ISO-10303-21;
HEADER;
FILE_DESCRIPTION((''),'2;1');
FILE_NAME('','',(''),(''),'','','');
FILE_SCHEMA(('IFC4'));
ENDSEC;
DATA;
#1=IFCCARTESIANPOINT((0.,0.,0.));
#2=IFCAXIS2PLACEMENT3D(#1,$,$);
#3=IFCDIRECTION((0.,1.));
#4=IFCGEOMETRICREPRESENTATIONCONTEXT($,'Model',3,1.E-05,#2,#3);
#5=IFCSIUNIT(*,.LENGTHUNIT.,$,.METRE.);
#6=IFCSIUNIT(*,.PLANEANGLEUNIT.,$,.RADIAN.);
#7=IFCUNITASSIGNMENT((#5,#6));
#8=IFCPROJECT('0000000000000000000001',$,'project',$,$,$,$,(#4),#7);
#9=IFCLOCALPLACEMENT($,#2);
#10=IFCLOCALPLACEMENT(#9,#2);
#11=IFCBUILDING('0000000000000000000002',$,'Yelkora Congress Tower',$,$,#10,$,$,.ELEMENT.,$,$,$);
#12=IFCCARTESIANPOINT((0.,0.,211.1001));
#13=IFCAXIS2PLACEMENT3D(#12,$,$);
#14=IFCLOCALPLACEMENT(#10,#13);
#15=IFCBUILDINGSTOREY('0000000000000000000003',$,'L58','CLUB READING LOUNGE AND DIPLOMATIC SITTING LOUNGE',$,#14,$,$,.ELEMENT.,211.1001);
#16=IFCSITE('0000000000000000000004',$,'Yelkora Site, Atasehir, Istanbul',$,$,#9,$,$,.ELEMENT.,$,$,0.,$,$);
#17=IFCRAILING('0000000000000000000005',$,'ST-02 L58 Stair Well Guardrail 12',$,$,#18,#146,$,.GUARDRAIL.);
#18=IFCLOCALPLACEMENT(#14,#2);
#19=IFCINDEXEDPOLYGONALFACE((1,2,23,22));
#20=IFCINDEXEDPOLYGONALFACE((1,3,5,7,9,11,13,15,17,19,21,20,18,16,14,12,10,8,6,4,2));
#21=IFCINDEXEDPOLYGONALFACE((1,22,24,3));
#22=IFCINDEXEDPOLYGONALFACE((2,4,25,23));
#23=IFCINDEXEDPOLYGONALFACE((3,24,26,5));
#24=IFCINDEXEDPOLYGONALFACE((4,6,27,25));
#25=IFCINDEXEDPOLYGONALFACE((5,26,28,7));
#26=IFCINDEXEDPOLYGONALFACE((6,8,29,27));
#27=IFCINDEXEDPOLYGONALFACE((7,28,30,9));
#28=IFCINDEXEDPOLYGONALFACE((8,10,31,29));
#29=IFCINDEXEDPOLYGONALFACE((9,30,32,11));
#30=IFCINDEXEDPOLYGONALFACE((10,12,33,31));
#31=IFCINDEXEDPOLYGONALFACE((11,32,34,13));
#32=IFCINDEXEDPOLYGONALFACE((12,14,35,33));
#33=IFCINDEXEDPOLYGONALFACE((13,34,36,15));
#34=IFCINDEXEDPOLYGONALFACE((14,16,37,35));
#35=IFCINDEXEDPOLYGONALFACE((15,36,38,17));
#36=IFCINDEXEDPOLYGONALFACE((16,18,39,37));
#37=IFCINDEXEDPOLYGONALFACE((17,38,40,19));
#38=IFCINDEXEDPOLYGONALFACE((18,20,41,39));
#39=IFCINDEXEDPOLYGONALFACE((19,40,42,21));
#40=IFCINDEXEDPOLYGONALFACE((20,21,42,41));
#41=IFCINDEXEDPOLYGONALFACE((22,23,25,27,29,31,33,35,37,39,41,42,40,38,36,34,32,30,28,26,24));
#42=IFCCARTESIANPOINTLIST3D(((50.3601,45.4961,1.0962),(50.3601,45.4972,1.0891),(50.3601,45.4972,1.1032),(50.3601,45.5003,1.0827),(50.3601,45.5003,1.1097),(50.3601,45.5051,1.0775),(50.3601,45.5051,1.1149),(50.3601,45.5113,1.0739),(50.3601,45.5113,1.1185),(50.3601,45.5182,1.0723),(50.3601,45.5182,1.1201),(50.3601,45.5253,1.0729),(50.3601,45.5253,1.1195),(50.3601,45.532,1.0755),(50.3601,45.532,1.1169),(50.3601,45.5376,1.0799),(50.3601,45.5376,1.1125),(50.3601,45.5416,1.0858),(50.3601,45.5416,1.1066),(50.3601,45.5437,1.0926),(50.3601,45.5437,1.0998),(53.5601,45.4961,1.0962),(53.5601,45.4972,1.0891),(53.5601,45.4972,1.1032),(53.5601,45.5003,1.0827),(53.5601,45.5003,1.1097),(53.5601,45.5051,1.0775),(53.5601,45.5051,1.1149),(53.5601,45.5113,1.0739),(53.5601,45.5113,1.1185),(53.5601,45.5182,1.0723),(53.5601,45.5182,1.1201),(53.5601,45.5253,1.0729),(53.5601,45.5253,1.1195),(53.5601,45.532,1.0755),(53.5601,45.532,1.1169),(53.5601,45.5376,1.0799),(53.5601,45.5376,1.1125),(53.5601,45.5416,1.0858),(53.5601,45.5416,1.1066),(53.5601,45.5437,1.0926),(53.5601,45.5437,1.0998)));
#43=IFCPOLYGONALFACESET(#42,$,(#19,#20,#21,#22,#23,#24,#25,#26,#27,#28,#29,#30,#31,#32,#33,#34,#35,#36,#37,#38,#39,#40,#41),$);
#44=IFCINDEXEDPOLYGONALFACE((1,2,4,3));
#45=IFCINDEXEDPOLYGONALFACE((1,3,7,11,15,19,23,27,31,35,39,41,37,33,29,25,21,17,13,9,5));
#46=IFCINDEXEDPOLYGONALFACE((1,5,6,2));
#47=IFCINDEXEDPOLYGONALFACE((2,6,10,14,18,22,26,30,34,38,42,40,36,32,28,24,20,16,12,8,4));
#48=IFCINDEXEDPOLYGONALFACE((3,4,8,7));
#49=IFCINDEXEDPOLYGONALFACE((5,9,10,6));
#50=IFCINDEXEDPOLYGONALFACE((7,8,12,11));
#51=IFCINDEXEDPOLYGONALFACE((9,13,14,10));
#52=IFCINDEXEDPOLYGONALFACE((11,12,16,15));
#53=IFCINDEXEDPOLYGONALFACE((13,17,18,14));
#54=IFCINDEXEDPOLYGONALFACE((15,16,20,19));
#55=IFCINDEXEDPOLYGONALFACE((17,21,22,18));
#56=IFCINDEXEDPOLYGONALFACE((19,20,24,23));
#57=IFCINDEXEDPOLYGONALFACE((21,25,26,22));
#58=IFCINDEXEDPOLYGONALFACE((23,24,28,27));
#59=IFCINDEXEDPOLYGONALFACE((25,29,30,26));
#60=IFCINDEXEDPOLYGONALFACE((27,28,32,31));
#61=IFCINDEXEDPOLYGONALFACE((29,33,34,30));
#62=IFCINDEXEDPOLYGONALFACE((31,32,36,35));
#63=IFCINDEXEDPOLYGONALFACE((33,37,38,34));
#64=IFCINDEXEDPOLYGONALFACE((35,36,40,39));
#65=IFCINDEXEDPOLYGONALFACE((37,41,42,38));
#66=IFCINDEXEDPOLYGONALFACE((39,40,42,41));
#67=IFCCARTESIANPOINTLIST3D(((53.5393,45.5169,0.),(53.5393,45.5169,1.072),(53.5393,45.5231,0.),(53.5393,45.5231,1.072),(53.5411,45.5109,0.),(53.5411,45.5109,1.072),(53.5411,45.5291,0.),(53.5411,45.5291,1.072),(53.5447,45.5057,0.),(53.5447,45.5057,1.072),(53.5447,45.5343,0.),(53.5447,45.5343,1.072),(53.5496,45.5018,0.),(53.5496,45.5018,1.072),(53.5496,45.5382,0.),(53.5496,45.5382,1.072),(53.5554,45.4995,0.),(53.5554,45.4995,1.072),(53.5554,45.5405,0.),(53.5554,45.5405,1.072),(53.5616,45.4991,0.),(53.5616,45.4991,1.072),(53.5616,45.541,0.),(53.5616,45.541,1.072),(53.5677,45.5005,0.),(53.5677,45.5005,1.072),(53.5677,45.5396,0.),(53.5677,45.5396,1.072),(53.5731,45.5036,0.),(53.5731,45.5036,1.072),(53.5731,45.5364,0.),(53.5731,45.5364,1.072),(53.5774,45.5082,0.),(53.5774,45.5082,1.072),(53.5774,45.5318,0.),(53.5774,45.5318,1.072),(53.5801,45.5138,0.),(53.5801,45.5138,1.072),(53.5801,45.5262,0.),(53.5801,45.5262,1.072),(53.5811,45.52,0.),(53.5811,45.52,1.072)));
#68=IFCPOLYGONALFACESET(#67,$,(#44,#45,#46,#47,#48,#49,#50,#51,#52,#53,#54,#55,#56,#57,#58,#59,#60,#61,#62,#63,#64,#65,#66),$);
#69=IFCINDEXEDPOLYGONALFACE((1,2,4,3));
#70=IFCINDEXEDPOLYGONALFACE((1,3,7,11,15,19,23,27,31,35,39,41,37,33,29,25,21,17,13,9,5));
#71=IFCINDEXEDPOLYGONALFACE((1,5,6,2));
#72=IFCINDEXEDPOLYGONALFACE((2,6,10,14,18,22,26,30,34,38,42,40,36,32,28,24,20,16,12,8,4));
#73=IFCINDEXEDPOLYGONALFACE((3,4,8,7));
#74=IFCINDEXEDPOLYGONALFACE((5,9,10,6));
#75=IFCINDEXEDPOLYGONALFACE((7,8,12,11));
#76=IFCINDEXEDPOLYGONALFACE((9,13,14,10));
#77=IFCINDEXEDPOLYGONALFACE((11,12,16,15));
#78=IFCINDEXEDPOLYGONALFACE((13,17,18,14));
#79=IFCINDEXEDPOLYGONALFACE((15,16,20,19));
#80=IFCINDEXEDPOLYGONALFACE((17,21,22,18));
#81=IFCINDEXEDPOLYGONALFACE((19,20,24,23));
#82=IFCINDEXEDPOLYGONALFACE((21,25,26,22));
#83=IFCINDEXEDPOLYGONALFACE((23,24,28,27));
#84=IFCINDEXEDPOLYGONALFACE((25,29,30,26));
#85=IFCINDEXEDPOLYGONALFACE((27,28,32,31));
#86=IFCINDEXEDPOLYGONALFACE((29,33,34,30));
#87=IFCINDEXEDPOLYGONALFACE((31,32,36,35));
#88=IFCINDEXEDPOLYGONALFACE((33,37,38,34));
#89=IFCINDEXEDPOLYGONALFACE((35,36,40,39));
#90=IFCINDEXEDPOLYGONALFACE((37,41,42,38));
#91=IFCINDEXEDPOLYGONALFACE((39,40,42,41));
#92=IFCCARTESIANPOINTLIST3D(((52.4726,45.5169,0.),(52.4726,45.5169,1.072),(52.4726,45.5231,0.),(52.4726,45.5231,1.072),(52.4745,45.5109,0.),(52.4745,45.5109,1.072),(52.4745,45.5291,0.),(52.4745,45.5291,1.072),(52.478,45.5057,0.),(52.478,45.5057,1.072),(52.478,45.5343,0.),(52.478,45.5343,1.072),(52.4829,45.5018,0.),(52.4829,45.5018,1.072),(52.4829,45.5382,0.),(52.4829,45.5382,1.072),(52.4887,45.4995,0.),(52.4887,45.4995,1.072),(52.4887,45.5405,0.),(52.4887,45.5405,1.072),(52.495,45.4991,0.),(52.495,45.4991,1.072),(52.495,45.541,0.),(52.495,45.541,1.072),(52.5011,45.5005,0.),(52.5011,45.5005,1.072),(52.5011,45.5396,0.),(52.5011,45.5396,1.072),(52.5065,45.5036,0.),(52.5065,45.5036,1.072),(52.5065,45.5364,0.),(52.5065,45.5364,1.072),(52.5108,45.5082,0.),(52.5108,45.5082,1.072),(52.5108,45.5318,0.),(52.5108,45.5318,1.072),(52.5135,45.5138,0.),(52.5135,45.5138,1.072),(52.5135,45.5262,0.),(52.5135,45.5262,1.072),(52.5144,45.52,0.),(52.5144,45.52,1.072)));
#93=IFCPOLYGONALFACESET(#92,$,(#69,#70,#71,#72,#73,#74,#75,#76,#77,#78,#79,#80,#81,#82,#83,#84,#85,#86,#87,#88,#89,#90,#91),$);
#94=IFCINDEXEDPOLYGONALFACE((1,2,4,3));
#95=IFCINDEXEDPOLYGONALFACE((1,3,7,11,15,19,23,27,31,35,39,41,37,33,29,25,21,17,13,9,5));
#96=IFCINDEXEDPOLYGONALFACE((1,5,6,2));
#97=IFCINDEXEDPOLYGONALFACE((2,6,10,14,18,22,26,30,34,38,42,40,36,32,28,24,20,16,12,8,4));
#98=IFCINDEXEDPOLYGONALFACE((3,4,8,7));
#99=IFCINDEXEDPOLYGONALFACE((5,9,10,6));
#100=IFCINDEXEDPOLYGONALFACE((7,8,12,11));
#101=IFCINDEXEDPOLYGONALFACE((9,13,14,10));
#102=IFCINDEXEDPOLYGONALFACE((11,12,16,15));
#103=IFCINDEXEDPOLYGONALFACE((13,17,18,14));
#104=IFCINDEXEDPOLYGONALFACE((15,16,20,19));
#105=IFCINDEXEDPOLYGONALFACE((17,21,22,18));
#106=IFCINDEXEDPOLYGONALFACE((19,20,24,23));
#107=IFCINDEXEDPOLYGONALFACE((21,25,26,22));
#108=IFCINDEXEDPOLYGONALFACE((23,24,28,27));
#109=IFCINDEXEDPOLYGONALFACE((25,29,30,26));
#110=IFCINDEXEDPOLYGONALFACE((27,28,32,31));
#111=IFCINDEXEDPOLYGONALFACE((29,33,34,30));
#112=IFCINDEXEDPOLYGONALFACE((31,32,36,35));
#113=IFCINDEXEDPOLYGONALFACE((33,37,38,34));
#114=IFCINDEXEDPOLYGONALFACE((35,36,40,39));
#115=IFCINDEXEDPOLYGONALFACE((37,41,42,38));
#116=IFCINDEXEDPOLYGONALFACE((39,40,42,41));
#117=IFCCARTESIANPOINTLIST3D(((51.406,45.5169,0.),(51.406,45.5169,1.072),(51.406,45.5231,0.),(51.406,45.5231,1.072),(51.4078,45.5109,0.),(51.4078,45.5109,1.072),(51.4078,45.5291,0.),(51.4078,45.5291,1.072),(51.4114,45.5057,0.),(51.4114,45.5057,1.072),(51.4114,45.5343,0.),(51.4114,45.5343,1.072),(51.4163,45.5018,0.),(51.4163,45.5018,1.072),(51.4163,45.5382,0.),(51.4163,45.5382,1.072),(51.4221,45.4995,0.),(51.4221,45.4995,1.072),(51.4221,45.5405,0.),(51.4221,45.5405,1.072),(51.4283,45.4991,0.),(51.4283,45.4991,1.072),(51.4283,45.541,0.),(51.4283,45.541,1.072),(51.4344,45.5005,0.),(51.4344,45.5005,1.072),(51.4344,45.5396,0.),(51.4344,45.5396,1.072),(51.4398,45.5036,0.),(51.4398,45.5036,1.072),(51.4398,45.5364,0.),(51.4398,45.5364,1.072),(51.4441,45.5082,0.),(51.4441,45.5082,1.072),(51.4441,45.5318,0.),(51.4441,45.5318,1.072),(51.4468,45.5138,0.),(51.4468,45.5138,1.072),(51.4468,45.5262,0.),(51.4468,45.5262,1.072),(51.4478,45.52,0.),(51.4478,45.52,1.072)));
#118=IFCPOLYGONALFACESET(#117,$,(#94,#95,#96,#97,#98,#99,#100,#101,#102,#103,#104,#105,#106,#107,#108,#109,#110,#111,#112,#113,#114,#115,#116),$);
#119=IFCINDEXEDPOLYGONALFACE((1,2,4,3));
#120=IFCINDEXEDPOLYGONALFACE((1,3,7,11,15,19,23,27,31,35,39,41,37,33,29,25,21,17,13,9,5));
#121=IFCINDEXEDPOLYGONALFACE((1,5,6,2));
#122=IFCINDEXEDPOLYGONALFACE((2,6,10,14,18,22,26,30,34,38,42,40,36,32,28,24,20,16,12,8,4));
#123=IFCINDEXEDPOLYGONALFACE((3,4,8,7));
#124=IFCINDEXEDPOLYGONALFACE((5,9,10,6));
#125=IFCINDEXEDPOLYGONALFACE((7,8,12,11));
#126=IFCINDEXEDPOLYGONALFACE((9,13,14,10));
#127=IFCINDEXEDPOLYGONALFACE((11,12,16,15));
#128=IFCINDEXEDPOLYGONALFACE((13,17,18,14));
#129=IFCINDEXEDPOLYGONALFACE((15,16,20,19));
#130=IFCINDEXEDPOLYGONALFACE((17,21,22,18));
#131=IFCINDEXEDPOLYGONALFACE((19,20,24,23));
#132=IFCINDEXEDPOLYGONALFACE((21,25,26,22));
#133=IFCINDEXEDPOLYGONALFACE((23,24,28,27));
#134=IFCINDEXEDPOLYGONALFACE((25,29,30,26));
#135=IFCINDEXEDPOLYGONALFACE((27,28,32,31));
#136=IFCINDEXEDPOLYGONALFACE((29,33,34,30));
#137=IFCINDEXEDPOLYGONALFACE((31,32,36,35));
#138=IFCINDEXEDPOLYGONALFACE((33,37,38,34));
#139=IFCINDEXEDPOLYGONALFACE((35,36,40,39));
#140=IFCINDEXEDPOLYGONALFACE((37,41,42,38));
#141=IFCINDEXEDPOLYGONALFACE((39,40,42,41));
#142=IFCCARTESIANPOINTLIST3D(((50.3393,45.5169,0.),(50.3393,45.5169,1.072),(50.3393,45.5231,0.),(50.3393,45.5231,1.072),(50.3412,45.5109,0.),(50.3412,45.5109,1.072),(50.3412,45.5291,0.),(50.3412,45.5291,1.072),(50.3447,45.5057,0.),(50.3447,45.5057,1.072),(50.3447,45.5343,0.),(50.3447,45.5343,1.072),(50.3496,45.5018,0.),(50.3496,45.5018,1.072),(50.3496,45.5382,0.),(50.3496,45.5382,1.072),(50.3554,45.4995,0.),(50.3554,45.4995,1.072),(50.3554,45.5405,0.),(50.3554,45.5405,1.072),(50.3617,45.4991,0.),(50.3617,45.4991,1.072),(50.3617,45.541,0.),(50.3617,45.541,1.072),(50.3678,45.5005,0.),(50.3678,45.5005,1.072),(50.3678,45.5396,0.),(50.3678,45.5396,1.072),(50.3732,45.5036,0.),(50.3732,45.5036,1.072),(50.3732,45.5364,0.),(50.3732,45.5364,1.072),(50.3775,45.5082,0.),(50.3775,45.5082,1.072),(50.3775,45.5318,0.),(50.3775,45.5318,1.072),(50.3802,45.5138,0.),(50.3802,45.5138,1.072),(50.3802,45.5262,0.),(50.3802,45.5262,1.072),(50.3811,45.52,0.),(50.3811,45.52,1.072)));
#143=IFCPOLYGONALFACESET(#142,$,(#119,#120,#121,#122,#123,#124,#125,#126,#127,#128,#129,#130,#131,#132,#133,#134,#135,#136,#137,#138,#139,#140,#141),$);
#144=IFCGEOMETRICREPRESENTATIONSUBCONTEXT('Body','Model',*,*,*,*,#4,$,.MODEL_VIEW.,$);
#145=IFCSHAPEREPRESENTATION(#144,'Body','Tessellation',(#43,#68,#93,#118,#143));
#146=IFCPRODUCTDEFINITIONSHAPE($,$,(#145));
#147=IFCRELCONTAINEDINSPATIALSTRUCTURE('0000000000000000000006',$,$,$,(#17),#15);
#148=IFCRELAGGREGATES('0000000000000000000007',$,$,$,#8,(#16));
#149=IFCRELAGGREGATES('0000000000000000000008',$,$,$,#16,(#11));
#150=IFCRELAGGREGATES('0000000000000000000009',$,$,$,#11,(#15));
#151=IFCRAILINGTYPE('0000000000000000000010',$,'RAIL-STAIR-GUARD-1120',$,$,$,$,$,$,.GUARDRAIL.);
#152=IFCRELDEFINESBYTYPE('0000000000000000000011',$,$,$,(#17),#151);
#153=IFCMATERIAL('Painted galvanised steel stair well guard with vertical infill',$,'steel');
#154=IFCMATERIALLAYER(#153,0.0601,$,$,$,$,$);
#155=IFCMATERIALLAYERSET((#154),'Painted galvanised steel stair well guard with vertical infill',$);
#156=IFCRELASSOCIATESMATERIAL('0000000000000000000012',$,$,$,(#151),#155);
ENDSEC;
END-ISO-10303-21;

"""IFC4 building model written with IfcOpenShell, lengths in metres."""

from ifc_helpers import new_model, si_unit, direction, frame, origin, origin_2d, place, context, subcontext, project, spatial, circle, extrude, material, layer, layer_set, type_object, element, save


model = new_model("IFC4")

# Units and contexts
model_context = context("Model", 3, precision=1e-05, world=origin(), true_north=direction((0.0, 1.0)))
body_context = subcontext(model_context, "Body", "Model", "MODEL_VIEW")
ifc_project = project(units=[si_unit("LENGTHUNIT", "METRE"), si_unit("PLANEANGLEUNIT", "RADIAN")], contexts=[model_context])

# Site, building, storey
site_placement = place(None, origin())
site = spatial("IfcSite", under=ifc_project, at=site_placement, Name="Yelkora Site, Atasehir, Istanbul", CompositionType="ELEMENT", RefElevation=0.0)
building_placement = place(site_placement, origin())
building = spatial("IfcBuilding", under=site, at=building_placement, Name="Yelkora Congress Tower", CompositionType="ELEMENT")
storey_placement = place(building_placement, frame((0.0, 0.0, 211.1001)))
storey = spatial("IfcBuildingStorey", under=building, at=storey_placement, Name="L58", Description="CLUB READING LOUNGE AND DIPLOMATIC SITTING LOUNGE", CompositionType="ELEMENT", Elevation=211.1001)

# Railing
ifc_material_1 = material(Name="Painted galvanised steel stair well guard with vertical infill", Category="steel")
ifc_layer_1 = layer(ifc_material_1, 0.0601)
ifc_layer_set_1 = layer_set([ifc_layer_1], Name="Painted galvanised steel stair well guard with vertical infill")
railing_type_1 = type_object("IfcRailingType", Name="RAIL-STAIR-GUARD-1120", PredefinedType="GUARDRAIL", material=ifc_layer_set_1)
railing_1_placement = place(storey_placement, frame((53.5601, 45.52, 0.0)))
element("IfcRailing", 1, at=railing_1_placement, inside=storey, type_object=railing_type_1, Name="ST-02 L58 Stair Well Guardrail 12", PredefinedType="GUARDRAIL", context=body_context, shape_type="SweptSolid", body=[
    extrude(circle(Radius=0.0239, at=origin_2d()), frame((0.0, 0.0, 1.0962), z_axis=(-1.0, 0.0, 0.0), x_axis=(0.0, -1.0, 0.0)), (0.0, 0.0, 1.0), 3.2),
    extrude(circle(Radius=0.021, at=origin_2d()), origin(), (0.0, 0.0, 1.0), 1.072),
    extrude(circle(Radius=0.021, at=origin_2d()), frame((-1.0667, 0.0, 0.0)), (0.0, 0.0, 1.0), 1.072),
    extrude(circle(Radius=0.021, at=origin_2d()), frame((-2.1333, 0.0, 0.0)), (0.0, 0.0, 1.0), 1.072),
    extrude(circle(Radius=0.021, at=origin_2d()), frame((-3.2, 0.0, 0.0)), (0.0, 0.0, 1.0), 1.072),
])

save(model, "model.ifc")
